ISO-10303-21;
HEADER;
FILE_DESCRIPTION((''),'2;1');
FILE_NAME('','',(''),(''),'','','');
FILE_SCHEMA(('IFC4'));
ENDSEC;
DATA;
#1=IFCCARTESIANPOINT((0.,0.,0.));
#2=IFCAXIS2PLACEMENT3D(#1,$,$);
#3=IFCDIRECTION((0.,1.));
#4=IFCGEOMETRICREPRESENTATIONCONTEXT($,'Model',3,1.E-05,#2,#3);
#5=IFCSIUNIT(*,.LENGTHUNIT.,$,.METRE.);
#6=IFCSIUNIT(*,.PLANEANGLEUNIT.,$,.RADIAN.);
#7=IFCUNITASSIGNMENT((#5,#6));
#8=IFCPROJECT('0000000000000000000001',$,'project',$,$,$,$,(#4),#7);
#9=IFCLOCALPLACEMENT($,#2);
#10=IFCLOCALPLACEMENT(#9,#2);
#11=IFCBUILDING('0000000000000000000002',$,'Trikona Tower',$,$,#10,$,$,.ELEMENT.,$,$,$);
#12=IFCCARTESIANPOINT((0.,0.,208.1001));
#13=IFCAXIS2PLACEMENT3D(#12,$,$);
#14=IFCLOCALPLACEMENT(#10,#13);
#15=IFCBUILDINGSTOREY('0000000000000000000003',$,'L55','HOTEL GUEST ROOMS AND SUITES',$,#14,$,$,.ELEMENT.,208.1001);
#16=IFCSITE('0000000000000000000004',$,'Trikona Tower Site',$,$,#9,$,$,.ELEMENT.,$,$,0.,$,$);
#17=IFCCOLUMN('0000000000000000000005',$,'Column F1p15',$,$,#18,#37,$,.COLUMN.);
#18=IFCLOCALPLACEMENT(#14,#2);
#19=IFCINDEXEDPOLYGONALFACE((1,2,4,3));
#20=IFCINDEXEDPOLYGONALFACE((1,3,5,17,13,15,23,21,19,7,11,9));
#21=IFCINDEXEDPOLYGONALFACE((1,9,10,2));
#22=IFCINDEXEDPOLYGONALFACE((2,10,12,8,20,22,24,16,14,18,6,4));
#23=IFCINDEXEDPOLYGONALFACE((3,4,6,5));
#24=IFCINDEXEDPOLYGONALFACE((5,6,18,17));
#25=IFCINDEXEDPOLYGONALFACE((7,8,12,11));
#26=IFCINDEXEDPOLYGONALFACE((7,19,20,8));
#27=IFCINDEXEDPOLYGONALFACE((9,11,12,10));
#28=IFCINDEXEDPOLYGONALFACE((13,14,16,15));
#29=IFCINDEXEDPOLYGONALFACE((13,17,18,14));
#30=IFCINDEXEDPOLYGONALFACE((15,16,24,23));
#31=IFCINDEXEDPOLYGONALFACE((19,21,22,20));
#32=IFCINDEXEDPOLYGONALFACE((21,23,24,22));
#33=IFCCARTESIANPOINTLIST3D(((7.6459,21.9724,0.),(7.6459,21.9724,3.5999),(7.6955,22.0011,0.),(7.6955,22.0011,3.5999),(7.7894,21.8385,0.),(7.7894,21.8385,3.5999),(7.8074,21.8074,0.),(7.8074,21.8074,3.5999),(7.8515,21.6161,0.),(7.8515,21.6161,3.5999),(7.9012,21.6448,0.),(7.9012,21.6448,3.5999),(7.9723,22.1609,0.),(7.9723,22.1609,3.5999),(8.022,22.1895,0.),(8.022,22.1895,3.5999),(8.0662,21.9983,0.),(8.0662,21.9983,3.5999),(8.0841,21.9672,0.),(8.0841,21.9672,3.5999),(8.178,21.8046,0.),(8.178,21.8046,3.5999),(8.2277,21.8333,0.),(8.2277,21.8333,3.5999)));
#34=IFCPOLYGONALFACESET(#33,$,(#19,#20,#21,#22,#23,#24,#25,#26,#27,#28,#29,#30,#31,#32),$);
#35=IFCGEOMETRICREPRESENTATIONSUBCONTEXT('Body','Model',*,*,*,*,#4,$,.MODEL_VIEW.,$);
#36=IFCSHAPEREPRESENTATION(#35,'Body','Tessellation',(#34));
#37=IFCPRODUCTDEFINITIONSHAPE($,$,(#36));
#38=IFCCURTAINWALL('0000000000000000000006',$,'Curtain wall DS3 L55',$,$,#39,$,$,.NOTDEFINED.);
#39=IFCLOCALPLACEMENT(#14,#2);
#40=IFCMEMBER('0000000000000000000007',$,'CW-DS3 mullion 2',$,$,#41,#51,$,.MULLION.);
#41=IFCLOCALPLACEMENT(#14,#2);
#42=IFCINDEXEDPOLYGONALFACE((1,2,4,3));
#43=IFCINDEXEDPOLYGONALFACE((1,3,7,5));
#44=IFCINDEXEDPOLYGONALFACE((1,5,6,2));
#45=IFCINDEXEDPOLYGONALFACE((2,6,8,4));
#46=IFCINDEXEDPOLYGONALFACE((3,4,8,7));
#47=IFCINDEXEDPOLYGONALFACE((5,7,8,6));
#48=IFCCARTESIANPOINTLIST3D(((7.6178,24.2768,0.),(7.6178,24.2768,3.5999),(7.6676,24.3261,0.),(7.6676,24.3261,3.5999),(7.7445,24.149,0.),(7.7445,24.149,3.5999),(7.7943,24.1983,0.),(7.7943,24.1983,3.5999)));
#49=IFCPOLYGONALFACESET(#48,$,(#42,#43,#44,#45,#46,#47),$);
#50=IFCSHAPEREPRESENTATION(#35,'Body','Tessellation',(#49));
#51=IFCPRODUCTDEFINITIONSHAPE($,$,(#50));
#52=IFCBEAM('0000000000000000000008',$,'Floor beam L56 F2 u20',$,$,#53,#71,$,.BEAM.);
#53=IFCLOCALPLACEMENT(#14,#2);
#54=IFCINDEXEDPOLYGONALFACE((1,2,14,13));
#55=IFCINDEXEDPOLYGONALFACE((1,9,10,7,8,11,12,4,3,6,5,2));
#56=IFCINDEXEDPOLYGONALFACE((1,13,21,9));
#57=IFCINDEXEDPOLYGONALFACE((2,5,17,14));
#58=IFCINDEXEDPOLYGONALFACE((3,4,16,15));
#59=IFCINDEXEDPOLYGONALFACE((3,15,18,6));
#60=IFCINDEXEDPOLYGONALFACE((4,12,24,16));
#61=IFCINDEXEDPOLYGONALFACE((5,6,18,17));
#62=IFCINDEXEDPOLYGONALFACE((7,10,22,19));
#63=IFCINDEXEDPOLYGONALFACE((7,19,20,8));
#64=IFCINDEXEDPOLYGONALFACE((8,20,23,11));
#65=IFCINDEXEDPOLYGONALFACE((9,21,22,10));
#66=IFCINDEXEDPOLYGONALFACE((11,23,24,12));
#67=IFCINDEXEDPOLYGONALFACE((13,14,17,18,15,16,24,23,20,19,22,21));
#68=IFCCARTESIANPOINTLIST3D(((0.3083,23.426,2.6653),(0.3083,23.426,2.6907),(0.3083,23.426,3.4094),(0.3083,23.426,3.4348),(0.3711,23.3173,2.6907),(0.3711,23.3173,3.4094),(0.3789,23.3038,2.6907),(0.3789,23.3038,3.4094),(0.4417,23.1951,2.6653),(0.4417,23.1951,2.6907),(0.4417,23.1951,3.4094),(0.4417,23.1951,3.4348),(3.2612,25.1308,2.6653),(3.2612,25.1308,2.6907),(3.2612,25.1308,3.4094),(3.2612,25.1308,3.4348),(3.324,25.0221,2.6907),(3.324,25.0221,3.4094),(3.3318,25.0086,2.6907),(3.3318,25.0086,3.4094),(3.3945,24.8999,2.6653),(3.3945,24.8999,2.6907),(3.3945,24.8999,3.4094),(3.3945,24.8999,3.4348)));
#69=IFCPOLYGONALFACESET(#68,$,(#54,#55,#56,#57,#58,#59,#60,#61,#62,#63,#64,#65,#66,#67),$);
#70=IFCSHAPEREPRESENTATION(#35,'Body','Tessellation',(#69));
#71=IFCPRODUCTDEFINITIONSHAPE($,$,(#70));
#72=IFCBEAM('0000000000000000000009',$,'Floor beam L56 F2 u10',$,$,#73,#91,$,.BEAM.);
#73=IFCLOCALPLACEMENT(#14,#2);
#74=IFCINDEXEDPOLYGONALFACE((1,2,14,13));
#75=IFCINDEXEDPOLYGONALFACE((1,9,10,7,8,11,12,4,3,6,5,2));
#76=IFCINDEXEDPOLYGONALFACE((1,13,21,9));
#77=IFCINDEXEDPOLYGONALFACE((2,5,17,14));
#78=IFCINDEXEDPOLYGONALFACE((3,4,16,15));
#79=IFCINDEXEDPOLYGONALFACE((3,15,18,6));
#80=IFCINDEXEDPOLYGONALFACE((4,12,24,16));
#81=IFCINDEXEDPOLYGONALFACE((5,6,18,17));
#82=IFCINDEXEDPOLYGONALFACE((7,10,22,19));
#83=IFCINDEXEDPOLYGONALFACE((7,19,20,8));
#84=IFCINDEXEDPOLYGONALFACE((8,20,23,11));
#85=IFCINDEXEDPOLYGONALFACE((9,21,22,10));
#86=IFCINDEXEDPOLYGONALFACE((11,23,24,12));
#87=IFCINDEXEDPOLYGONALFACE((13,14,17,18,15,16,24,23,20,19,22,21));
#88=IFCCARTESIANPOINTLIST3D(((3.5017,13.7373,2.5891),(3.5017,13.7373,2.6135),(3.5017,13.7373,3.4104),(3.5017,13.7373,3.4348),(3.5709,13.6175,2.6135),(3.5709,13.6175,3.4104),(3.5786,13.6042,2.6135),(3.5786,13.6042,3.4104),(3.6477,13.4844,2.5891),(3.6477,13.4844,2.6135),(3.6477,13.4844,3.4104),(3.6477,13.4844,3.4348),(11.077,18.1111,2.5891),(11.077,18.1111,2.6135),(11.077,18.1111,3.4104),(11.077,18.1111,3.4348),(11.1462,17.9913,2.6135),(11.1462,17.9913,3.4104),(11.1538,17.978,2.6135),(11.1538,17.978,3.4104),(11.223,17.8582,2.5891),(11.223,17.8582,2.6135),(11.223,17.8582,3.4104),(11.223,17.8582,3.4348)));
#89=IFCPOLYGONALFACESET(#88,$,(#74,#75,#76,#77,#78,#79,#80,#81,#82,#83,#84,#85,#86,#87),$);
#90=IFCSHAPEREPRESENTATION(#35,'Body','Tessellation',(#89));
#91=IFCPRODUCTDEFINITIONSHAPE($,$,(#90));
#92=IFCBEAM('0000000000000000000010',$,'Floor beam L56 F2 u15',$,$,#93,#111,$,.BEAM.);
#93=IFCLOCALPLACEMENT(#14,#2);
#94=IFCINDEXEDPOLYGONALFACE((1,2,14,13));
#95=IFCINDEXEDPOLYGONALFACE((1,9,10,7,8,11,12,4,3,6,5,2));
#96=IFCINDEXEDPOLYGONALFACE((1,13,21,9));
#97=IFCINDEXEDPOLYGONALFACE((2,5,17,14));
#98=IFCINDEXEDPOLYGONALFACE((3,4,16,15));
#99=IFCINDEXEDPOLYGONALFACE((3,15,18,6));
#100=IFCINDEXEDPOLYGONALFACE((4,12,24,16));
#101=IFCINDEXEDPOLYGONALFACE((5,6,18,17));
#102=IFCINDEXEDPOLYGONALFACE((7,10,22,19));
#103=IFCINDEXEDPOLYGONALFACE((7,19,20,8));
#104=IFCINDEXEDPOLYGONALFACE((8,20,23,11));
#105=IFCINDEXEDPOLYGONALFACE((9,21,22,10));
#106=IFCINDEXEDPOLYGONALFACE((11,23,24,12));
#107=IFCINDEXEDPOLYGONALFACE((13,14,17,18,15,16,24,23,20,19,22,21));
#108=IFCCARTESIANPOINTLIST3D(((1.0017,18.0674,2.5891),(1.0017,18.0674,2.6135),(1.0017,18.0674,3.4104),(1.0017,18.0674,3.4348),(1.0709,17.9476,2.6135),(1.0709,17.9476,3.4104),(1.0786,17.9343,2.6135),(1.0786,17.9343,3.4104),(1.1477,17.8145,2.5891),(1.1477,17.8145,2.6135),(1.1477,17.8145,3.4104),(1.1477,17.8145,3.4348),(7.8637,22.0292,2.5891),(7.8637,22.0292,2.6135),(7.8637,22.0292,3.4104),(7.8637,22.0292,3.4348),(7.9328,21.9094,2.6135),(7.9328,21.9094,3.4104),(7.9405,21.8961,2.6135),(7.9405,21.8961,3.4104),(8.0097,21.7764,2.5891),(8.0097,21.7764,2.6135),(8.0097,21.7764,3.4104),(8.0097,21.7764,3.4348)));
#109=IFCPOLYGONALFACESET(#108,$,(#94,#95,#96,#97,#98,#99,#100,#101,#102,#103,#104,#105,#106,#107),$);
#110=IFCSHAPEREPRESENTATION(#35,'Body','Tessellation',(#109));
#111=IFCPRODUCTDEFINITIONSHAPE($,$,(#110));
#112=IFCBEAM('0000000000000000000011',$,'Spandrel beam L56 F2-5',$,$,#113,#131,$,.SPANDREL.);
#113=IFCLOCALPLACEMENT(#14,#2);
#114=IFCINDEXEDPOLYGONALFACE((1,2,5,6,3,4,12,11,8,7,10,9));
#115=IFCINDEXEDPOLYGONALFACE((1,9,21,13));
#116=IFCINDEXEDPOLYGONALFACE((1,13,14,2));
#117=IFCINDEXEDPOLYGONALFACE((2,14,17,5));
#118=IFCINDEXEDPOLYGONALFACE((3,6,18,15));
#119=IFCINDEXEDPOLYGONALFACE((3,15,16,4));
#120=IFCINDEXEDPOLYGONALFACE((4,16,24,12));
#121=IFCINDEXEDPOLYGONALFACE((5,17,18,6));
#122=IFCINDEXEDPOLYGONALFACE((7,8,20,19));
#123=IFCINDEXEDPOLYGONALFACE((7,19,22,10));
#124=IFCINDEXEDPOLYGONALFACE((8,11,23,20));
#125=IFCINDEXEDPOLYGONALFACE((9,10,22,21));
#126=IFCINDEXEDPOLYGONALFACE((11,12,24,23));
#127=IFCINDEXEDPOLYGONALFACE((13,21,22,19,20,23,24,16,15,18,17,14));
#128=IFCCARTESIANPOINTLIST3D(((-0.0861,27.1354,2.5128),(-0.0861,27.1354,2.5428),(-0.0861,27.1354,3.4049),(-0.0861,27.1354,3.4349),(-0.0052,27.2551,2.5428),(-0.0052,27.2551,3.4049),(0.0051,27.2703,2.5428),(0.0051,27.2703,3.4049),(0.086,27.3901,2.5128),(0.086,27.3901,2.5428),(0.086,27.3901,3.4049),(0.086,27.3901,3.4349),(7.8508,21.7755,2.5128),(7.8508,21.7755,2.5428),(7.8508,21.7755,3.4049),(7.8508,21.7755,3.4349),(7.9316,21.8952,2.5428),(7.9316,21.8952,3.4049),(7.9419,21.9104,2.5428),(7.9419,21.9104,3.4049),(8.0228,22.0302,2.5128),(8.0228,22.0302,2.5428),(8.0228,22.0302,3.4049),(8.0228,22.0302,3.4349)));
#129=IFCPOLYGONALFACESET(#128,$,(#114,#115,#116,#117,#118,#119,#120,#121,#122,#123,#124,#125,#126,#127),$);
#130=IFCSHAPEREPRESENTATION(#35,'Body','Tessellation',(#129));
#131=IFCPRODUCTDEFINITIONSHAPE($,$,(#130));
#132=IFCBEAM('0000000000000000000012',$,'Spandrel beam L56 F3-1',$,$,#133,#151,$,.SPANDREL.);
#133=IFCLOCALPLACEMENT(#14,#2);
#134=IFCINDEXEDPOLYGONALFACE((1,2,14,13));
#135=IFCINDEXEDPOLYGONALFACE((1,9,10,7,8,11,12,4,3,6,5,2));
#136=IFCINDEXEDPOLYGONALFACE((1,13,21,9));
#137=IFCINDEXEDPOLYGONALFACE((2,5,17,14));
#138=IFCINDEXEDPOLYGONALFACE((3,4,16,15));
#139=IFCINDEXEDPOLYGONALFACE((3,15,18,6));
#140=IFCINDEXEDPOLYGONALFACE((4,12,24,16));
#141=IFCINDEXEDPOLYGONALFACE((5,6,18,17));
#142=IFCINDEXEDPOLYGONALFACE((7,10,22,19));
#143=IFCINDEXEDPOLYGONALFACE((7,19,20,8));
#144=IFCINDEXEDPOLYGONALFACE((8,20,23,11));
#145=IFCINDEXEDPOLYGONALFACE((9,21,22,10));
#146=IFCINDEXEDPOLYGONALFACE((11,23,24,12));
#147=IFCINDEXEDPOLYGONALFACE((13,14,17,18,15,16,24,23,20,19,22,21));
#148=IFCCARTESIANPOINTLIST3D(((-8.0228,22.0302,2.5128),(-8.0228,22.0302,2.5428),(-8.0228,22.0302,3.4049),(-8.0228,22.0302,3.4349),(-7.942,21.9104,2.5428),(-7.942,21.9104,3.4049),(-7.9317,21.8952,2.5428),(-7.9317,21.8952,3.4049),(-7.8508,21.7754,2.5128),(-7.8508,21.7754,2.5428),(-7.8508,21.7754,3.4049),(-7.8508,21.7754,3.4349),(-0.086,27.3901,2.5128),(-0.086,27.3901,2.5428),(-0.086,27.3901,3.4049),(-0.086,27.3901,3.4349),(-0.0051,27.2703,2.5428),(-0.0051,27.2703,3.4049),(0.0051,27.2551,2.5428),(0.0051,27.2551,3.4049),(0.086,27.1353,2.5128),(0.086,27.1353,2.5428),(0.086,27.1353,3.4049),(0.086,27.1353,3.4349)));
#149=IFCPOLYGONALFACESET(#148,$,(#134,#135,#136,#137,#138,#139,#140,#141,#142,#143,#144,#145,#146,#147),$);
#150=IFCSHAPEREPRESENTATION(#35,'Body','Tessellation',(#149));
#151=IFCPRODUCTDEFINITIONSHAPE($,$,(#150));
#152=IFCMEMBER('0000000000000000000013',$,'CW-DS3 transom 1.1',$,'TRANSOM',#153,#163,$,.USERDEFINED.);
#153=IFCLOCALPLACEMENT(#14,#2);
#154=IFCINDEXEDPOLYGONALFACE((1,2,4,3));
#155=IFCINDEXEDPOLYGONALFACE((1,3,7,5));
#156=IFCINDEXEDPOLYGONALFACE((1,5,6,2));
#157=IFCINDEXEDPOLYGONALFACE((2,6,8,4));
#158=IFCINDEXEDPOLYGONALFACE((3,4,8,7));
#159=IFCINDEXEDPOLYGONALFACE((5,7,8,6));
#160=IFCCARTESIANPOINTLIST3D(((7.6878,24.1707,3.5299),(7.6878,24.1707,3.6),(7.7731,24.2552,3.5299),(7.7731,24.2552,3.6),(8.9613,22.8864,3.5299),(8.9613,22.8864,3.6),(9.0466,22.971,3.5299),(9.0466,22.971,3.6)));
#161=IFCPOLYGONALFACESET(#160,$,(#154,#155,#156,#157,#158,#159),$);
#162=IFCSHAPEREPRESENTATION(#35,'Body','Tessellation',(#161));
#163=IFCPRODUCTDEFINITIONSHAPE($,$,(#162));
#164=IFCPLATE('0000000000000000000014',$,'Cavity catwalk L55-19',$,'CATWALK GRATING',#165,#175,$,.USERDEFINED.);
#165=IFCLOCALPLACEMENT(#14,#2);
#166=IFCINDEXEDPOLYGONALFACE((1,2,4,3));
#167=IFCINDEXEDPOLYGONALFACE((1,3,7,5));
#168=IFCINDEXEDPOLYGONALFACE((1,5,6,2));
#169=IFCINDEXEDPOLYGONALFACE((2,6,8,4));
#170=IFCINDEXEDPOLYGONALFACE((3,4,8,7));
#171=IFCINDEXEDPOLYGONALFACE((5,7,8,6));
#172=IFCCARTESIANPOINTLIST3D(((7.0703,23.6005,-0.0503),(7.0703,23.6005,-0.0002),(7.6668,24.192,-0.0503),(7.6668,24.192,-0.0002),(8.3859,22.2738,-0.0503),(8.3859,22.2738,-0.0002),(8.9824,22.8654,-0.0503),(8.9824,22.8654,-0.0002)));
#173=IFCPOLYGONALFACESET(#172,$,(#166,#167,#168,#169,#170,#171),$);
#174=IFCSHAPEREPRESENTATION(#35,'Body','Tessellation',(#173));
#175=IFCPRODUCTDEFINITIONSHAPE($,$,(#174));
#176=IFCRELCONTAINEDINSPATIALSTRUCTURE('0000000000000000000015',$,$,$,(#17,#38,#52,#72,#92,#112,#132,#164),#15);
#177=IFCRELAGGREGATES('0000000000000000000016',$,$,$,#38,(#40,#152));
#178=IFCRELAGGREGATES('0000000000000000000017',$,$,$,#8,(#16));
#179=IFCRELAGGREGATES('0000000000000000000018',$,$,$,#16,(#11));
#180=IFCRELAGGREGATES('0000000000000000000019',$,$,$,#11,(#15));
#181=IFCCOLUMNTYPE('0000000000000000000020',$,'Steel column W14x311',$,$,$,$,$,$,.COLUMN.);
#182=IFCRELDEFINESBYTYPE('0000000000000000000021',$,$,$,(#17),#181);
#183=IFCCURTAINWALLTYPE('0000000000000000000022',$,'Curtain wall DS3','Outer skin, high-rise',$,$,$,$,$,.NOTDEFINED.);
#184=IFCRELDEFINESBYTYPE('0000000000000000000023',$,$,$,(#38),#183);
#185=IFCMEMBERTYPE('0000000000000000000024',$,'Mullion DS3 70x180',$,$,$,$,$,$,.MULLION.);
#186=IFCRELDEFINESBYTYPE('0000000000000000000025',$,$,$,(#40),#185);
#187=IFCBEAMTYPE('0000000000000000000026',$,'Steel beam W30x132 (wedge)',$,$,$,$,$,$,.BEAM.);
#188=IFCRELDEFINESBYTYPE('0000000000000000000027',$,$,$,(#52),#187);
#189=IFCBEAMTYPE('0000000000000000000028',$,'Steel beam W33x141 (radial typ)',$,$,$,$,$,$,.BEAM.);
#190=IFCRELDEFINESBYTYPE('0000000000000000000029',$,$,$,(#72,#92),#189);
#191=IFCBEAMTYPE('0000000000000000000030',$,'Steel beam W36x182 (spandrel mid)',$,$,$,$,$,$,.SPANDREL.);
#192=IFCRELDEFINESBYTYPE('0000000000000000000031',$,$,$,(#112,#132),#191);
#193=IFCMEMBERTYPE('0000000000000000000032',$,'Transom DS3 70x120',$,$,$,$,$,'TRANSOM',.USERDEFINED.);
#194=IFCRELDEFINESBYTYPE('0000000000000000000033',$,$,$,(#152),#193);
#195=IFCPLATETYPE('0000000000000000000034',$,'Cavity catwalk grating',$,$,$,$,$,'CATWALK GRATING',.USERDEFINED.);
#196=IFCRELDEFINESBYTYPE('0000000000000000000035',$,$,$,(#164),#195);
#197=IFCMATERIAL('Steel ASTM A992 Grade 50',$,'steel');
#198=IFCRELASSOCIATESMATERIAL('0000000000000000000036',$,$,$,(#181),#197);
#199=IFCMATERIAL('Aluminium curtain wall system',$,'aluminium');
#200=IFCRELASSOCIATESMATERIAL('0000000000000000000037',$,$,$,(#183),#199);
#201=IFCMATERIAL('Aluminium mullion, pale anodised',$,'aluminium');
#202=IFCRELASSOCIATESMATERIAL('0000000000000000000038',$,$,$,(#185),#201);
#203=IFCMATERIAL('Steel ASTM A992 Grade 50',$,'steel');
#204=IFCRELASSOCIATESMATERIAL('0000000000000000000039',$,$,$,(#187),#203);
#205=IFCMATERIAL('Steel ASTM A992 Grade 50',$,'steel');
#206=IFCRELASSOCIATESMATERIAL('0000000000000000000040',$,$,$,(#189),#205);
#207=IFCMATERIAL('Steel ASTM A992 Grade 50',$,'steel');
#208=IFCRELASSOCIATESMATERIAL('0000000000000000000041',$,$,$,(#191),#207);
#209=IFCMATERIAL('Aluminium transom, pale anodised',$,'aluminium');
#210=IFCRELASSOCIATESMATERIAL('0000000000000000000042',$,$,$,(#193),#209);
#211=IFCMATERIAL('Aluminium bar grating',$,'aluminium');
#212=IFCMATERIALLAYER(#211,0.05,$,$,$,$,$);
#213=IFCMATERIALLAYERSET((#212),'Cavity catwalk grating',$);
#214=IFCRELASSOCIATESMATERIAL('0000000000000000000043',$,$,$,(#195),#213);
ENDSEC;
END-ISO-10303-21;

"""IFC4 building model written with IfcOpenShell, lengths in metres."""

from ifc_helpers import new_model, si_unit, direction, frame, origin, origin_2d, place, context, subcontext, project, spatial, rectangle, i_section, extrude, material, layer, layer_set, material_profile, profile_set, type_object, element, aggregate, save


model = new_model("IFC4")

# Units and contexts
model_context = context("Model", 3, precision=1e-05, world=origin(), true_north=direction((0.0, 1.0)))
body_context = subcontext(model_context, "Body", "Model", "MODEL_VIEW")
ifc_project = project(units=[si_unit("LENGTHUNIT", "METRE"), si_unit("PLANEANGLEUNIT", "RADIAN")], contexts=[model_context])

# Site, building, storey
site_placement = place(None, origin())
site = spatial("IfcSite", under=ifc_project, at=site_placement, Name="Trikona Tower Site", CompositionType="ELEMENT", RefElevation=0.0)
building_placement = place(site_placement, origin())
building = spatial("IfcBuilding", under=site, at=building_placement, Name="Trikona Tower", CompositionType="ELEMENT")
storey_placement = place(building_placement, frame((0.0, 0.0, 208.1001)))
storey = spatial("IfcBuildingStorey", under=building, at=storey_placement, Name="L55", Description="HOTEL GUEST ROOMS AND SUITES", CompositionType="ELEMENT", Elevation=208.1001)

# Column
ifc_material_1 = material(Name="Steel ASTM A992 Grade 50", Category="steel")
ifc_material_profile_1 = material_profile(ifc_material_1, i_section(OverallWidth=0.4114, OverallDepth=0.4343, WebThickness=0.0359, FlangeThickness=0.0574, at=origin_2d()), Name="W14X311")
ifc_profile_set_1 = profile_set([ifc_material_profile_1], Name="Steel ASTM A992 Grade 50")
column_type = type_object("IfcColumnType", Name="Steel column W14x311", PredefinedType="COLUMN", material=ifc_profile_set_1)
column_placement = place(storey_placement, frame((7.9368, 21.9028, 0.0), z_axis=(0.0, 0.0, 1.0), x_axis=(-0.5, 0.866025, 0.0)))
element("IfcColumn", 1, at=column_placement, inside=storey, type_object=column_type, Name="Column F1p15", PredefinedType="COLUMN", context=body_context, shape_type="SweptSolid", body=[
    extrude(i_section(OverallWidth=0.4114, OverallDepth=0.4343, WebThickness=0.0359, FlangeThickness=0.0574, at=origin_2d()), origin(), (0.0, 0.0, 1.0), 3.5999),
])

# Curtain wall, member
ifc_material_2 = material(Name="Aluminium curtain wall system", Category="aluminium")
curtain_wall_type = type_object("IfcCurtainWallType", Name="Curtain wall DS3", Description="Outer skin, high-rise", PredefinedType="NOTDEFINED", material=ifc_material_2)
curtain_wall_placement = place(storey_placement, origin())
curtain_wall = element("IfcCurtainWall", 2, at=curtain_wall_placement, inside=storey, type_object=curtain_wall_type, Name="Curtain wall DS3 L55", PredefinedType="NOTDEFINED")
ifc_material_3 = material(Name="Aluminium mullion, pale anodised", Category="aluminium")
ifc_material_profile_2 = material_profile(ifc_material_3, rectangle(XDim=0.0701, YDim=0.1799, at=origin_2d()), Name="MUL-DS3")
ifc_profile_set_2 = profile_set([ifc_material_profile_2], Name="Aluminium mullion, pale anodised")
member_type_1 = type_object("IfcMemberType", Name="Mullion DS3 70x180", PredefinedType="MULLION", material=ifc_profile_set_2)
member_1_placement = place(storey_placement, frame((7.7061, 24.2375, 0.0), z_axis=(0.0, 0.0, 1.0), x_axis=(-0.710052, -0.704149, 0.0)))
member_1 = element("IfcMember", 3, at=member_1_placement, type_object=member_type_1, Name="CW-DS3 mullion 2", PredefinedType="MULLION", context=body_context, shape_type="SweptSolid", body=[
    extrude(rectangle(XDim=0.0701, YDim=0.1799, at=origin_2d()), origin(), (0.0, 0.0, 1.0), 3.5999),
])

# Beams
ifc_material_4 = material(Name="Steel ASTM A992 Grade 50", Category="steel")
ifc_material_profile_3 = material_profile(ifc_material_4, i_section(OverallWidth=0.2666, OverallDepth=0.7695, WebThickness=0.0156, FlangeThickness=0.0254, at=origin_2d()), Name="W30X132")
ifc_profile_set_3 = profile_set([ifc_material_profile_3], Name="Steel ASTM A992 Grade 50")
beam_type_1 = type_object("IfcBeamType", Name="Steel beam W30x132 (wedge)", PredefinedType="BEAM", material=ifc_profile_set_3)
beam_1_placement = place(storey_placement, frame((0.375, 23.3105, 3.05), z_axis=(0.866027, 0.499997, 0.0), x_axis=(-0.499997, 0.866027, 0.0)))
element("IfcBeam", 4, at=beam_1_placement, inside=storey, type_object=beam_type_1, Name="Floor beam L56 F2 u20", PredefinedType="BEAM", context=body_context, shape_type="SweptSolid", body=[
    extrude(i_section(OverallWidth=0.2666, OverallDepth=0.7695, WebThickness=0.0156, FlangeThickness=0.0254, at=origin_2d()), origin(), (0.0, 0.0, 1.0), 3.4097),
])
ifc_material_5 = material(Name="Steel ASTM A992 Grade 50", Category="steel")
ifc_material_profile_4 = material_profile(ifc_material_5, i_section(OverallWidth=0.292, OverallDepth=0.8457, WebThickness=0.0154, FlangeThickness=0.0244, at=origin_2d()), Name="W33X141")
ifc_profile_set_4 = profile_set([ifc_material_profile_4], Name="Steel ASTM A992 Grade 50")
beam_type_2 = type_object("IfcBeamType", Name="Steel beam W33x141 (radial typ)", PredefinedType="BEAM", material=ifc_profile_set_4)
beam_2_placement = place(storey_placement, frame((3.5747, 13.6108, 3.012), z_axis=(0.866014, 0.50002, 0.0), x_axis=(-0.50002, 0.866014, 0.0)))
element("IfcBeam", 5, at=beam_2_placement, inside=storey, type_object=beam_type_2, Name="Floor beam L56 F2 u10", PredefinedType="BEAM", context=body_context, shape_type="SweptSolid", body=[
    extrude(i_section(OverallWidth=0.292, OverallDepth=0.8457, WebThickness=0.0154, FlangeThickness=0.0244, at=origin_2d()), origin(), (0.0, 0.0, 1.0), 8.7473),
])
beam_3_placement = place(storey_placement, frame((1.0747, 17.9409, 3.012), z_axis=(0.86602, 0.50001, 0.0), x_axis=(-0.50001, 0.86602, 0.0)))
element("IfcBeam", 6, at=beam_3_placement, inside=storey, type_object=beam_type_2, Name="Floor beam L56 F2 u15", PredefinedType="BEAM", context=body_context, shape_type="SweptSolid", body=[
    extrude(i_section(OverallWidth=0.292, OverallDepth=0.8457, WebThickness=0.0154, FlangeThickness=0.0244, at=origin_2d()), origin(), (0.0, 0.0, 1.0), 7.9236),
])
ifc_material_6 = material(Name="Steel ASTM A992 Grade 50", Category="steel")
ifc_material_profile_5 = material_profile(ifc_material_6, i_section(OverallWidth=0.3074, OverallDepth=0.9221, WebThickness=0.0183, FlangeThickness=0.03, at=origin_2d()), Name="W36X182")
ifc_profile_set_5 = profile_set([ifc_material_profile_5], Name="Steel ASTM A992 Grade 50")
beam_type_3 = type_object("IfcBeamType", Name="Steel beam W36x182 (spandrel mid)", PredefinedType="SPANDREL", material=ifc_profile_set_5)
for number, where, z_axis, x_axis, name in (
    (7, (7.9368, 21.9028, 2.9739), (-0.828725, 0.559655, 0.0), (-0.559655, -0.828725, 0.0), "Spandrel beam L56 F2-5"),
    (8, (0.0, 27.2627, 2.9739), (-0.828725, -0.559655, 0.0), (0.559655, -0.828725, 0.0), "Spandrel beam L56 F3-1"),
):
    element("IfcBeam", number, at=place(storey_placement, frame(where, z_axis=z_axis, x_axis=x_axis)), inside=storey, type_object=beam_type_3, Name=name, PredefinedType="SPANDREL", context=body_context, shape_type="SweptSolid", body=[
        extrude(i_section(OverallWidth=0.3074, OverallDepth=0.9221, WebThickness=0.0183, FlangeThickness=0.03, at=origin_2d()), origin(), (0.0, 0.0, 1.0), 9.5771),
    ])

# Member
ifc_material_7 = material(Name="Aluminium transom, pale anodised", Category="aluminium")
ifc_material_profile_6 = material_profile(ifc_material_7, rectangle(XDim=0.1201, YDim=0.0701, at=origin_2d()), Name="TRN-DS3")
ifc_profile_set_6 = profile_set([ifc_material_profile_6], Name="Aluminium transom, pale anodised")
member_type_2 = type_object("IfcMemberType", Name="Transom DS3 70x120", ElementType="TRANSOM", PredefinedType="USERDEFINED", material=ifc_profile_set_6)
member_2_placement = place(storey_placement, frame((9.0039, 22.9287, 3.5649), z_axis=(-0.704131, 0.71007, 0.0), x_axis=(-0.71007, -0.704131, 0.0)))
member_2 = element("IfcMember", 9, at=member_2_placement, type_object=member_type_2, Name="CW-DS3 transom 1.1", ObjectType="TRANSOM", PredefinedType="USERDEFINED", context=body_context, shape_type="SweptSolid", body=[
    extrude(rectangle(XDim=0.1201, YDim=0.0701, at=origin_2d()), origin(), (0.0, 0.0, 1.0), 1.8086),
])

# Plate
ifc_material_8 = material(Name="Aluminium bar grating", Category="aluminium")
ifc_layer_1 = layer(ifc_material_8, 0.05)
ifc_layer_set_1 = layer_set([ifc_layer_1], Name="Cavity catwalk grating")
plate_type_1 = type_object("IfcPlateType", Name="Cavity catwalk grating", ElementType="CATWALK GRATING", PredefinedType="USERDEFINED", material=ifc_layer_set_1)
plate_1_placement = place(storey_placement, frame((8.0264, 23.2329, -0.0503), z_axis=(0.0, 0.0, 1.0), x_axis=(-0.704151, 0.71005, 0.0)))
element("IfcPlate", 10, at=plate_1_placement, inside=storey, type_object=plate_type_1, Name="Cavity catwalk L55-19", ObjectType="CATWALK GRATING", PredefinedType="USERDEFINED", context=body_context, shape_type="SweptSolid", body=[
    extrude(rectangle(XDim=1.8684, YDim=0.8401, at=origin_2d()), origin(), (0.0, 0.0, 1.0), 0.05),
])
aggregate(curtain_wall, [member_1, member_2])

save(model, "model.ifc")
